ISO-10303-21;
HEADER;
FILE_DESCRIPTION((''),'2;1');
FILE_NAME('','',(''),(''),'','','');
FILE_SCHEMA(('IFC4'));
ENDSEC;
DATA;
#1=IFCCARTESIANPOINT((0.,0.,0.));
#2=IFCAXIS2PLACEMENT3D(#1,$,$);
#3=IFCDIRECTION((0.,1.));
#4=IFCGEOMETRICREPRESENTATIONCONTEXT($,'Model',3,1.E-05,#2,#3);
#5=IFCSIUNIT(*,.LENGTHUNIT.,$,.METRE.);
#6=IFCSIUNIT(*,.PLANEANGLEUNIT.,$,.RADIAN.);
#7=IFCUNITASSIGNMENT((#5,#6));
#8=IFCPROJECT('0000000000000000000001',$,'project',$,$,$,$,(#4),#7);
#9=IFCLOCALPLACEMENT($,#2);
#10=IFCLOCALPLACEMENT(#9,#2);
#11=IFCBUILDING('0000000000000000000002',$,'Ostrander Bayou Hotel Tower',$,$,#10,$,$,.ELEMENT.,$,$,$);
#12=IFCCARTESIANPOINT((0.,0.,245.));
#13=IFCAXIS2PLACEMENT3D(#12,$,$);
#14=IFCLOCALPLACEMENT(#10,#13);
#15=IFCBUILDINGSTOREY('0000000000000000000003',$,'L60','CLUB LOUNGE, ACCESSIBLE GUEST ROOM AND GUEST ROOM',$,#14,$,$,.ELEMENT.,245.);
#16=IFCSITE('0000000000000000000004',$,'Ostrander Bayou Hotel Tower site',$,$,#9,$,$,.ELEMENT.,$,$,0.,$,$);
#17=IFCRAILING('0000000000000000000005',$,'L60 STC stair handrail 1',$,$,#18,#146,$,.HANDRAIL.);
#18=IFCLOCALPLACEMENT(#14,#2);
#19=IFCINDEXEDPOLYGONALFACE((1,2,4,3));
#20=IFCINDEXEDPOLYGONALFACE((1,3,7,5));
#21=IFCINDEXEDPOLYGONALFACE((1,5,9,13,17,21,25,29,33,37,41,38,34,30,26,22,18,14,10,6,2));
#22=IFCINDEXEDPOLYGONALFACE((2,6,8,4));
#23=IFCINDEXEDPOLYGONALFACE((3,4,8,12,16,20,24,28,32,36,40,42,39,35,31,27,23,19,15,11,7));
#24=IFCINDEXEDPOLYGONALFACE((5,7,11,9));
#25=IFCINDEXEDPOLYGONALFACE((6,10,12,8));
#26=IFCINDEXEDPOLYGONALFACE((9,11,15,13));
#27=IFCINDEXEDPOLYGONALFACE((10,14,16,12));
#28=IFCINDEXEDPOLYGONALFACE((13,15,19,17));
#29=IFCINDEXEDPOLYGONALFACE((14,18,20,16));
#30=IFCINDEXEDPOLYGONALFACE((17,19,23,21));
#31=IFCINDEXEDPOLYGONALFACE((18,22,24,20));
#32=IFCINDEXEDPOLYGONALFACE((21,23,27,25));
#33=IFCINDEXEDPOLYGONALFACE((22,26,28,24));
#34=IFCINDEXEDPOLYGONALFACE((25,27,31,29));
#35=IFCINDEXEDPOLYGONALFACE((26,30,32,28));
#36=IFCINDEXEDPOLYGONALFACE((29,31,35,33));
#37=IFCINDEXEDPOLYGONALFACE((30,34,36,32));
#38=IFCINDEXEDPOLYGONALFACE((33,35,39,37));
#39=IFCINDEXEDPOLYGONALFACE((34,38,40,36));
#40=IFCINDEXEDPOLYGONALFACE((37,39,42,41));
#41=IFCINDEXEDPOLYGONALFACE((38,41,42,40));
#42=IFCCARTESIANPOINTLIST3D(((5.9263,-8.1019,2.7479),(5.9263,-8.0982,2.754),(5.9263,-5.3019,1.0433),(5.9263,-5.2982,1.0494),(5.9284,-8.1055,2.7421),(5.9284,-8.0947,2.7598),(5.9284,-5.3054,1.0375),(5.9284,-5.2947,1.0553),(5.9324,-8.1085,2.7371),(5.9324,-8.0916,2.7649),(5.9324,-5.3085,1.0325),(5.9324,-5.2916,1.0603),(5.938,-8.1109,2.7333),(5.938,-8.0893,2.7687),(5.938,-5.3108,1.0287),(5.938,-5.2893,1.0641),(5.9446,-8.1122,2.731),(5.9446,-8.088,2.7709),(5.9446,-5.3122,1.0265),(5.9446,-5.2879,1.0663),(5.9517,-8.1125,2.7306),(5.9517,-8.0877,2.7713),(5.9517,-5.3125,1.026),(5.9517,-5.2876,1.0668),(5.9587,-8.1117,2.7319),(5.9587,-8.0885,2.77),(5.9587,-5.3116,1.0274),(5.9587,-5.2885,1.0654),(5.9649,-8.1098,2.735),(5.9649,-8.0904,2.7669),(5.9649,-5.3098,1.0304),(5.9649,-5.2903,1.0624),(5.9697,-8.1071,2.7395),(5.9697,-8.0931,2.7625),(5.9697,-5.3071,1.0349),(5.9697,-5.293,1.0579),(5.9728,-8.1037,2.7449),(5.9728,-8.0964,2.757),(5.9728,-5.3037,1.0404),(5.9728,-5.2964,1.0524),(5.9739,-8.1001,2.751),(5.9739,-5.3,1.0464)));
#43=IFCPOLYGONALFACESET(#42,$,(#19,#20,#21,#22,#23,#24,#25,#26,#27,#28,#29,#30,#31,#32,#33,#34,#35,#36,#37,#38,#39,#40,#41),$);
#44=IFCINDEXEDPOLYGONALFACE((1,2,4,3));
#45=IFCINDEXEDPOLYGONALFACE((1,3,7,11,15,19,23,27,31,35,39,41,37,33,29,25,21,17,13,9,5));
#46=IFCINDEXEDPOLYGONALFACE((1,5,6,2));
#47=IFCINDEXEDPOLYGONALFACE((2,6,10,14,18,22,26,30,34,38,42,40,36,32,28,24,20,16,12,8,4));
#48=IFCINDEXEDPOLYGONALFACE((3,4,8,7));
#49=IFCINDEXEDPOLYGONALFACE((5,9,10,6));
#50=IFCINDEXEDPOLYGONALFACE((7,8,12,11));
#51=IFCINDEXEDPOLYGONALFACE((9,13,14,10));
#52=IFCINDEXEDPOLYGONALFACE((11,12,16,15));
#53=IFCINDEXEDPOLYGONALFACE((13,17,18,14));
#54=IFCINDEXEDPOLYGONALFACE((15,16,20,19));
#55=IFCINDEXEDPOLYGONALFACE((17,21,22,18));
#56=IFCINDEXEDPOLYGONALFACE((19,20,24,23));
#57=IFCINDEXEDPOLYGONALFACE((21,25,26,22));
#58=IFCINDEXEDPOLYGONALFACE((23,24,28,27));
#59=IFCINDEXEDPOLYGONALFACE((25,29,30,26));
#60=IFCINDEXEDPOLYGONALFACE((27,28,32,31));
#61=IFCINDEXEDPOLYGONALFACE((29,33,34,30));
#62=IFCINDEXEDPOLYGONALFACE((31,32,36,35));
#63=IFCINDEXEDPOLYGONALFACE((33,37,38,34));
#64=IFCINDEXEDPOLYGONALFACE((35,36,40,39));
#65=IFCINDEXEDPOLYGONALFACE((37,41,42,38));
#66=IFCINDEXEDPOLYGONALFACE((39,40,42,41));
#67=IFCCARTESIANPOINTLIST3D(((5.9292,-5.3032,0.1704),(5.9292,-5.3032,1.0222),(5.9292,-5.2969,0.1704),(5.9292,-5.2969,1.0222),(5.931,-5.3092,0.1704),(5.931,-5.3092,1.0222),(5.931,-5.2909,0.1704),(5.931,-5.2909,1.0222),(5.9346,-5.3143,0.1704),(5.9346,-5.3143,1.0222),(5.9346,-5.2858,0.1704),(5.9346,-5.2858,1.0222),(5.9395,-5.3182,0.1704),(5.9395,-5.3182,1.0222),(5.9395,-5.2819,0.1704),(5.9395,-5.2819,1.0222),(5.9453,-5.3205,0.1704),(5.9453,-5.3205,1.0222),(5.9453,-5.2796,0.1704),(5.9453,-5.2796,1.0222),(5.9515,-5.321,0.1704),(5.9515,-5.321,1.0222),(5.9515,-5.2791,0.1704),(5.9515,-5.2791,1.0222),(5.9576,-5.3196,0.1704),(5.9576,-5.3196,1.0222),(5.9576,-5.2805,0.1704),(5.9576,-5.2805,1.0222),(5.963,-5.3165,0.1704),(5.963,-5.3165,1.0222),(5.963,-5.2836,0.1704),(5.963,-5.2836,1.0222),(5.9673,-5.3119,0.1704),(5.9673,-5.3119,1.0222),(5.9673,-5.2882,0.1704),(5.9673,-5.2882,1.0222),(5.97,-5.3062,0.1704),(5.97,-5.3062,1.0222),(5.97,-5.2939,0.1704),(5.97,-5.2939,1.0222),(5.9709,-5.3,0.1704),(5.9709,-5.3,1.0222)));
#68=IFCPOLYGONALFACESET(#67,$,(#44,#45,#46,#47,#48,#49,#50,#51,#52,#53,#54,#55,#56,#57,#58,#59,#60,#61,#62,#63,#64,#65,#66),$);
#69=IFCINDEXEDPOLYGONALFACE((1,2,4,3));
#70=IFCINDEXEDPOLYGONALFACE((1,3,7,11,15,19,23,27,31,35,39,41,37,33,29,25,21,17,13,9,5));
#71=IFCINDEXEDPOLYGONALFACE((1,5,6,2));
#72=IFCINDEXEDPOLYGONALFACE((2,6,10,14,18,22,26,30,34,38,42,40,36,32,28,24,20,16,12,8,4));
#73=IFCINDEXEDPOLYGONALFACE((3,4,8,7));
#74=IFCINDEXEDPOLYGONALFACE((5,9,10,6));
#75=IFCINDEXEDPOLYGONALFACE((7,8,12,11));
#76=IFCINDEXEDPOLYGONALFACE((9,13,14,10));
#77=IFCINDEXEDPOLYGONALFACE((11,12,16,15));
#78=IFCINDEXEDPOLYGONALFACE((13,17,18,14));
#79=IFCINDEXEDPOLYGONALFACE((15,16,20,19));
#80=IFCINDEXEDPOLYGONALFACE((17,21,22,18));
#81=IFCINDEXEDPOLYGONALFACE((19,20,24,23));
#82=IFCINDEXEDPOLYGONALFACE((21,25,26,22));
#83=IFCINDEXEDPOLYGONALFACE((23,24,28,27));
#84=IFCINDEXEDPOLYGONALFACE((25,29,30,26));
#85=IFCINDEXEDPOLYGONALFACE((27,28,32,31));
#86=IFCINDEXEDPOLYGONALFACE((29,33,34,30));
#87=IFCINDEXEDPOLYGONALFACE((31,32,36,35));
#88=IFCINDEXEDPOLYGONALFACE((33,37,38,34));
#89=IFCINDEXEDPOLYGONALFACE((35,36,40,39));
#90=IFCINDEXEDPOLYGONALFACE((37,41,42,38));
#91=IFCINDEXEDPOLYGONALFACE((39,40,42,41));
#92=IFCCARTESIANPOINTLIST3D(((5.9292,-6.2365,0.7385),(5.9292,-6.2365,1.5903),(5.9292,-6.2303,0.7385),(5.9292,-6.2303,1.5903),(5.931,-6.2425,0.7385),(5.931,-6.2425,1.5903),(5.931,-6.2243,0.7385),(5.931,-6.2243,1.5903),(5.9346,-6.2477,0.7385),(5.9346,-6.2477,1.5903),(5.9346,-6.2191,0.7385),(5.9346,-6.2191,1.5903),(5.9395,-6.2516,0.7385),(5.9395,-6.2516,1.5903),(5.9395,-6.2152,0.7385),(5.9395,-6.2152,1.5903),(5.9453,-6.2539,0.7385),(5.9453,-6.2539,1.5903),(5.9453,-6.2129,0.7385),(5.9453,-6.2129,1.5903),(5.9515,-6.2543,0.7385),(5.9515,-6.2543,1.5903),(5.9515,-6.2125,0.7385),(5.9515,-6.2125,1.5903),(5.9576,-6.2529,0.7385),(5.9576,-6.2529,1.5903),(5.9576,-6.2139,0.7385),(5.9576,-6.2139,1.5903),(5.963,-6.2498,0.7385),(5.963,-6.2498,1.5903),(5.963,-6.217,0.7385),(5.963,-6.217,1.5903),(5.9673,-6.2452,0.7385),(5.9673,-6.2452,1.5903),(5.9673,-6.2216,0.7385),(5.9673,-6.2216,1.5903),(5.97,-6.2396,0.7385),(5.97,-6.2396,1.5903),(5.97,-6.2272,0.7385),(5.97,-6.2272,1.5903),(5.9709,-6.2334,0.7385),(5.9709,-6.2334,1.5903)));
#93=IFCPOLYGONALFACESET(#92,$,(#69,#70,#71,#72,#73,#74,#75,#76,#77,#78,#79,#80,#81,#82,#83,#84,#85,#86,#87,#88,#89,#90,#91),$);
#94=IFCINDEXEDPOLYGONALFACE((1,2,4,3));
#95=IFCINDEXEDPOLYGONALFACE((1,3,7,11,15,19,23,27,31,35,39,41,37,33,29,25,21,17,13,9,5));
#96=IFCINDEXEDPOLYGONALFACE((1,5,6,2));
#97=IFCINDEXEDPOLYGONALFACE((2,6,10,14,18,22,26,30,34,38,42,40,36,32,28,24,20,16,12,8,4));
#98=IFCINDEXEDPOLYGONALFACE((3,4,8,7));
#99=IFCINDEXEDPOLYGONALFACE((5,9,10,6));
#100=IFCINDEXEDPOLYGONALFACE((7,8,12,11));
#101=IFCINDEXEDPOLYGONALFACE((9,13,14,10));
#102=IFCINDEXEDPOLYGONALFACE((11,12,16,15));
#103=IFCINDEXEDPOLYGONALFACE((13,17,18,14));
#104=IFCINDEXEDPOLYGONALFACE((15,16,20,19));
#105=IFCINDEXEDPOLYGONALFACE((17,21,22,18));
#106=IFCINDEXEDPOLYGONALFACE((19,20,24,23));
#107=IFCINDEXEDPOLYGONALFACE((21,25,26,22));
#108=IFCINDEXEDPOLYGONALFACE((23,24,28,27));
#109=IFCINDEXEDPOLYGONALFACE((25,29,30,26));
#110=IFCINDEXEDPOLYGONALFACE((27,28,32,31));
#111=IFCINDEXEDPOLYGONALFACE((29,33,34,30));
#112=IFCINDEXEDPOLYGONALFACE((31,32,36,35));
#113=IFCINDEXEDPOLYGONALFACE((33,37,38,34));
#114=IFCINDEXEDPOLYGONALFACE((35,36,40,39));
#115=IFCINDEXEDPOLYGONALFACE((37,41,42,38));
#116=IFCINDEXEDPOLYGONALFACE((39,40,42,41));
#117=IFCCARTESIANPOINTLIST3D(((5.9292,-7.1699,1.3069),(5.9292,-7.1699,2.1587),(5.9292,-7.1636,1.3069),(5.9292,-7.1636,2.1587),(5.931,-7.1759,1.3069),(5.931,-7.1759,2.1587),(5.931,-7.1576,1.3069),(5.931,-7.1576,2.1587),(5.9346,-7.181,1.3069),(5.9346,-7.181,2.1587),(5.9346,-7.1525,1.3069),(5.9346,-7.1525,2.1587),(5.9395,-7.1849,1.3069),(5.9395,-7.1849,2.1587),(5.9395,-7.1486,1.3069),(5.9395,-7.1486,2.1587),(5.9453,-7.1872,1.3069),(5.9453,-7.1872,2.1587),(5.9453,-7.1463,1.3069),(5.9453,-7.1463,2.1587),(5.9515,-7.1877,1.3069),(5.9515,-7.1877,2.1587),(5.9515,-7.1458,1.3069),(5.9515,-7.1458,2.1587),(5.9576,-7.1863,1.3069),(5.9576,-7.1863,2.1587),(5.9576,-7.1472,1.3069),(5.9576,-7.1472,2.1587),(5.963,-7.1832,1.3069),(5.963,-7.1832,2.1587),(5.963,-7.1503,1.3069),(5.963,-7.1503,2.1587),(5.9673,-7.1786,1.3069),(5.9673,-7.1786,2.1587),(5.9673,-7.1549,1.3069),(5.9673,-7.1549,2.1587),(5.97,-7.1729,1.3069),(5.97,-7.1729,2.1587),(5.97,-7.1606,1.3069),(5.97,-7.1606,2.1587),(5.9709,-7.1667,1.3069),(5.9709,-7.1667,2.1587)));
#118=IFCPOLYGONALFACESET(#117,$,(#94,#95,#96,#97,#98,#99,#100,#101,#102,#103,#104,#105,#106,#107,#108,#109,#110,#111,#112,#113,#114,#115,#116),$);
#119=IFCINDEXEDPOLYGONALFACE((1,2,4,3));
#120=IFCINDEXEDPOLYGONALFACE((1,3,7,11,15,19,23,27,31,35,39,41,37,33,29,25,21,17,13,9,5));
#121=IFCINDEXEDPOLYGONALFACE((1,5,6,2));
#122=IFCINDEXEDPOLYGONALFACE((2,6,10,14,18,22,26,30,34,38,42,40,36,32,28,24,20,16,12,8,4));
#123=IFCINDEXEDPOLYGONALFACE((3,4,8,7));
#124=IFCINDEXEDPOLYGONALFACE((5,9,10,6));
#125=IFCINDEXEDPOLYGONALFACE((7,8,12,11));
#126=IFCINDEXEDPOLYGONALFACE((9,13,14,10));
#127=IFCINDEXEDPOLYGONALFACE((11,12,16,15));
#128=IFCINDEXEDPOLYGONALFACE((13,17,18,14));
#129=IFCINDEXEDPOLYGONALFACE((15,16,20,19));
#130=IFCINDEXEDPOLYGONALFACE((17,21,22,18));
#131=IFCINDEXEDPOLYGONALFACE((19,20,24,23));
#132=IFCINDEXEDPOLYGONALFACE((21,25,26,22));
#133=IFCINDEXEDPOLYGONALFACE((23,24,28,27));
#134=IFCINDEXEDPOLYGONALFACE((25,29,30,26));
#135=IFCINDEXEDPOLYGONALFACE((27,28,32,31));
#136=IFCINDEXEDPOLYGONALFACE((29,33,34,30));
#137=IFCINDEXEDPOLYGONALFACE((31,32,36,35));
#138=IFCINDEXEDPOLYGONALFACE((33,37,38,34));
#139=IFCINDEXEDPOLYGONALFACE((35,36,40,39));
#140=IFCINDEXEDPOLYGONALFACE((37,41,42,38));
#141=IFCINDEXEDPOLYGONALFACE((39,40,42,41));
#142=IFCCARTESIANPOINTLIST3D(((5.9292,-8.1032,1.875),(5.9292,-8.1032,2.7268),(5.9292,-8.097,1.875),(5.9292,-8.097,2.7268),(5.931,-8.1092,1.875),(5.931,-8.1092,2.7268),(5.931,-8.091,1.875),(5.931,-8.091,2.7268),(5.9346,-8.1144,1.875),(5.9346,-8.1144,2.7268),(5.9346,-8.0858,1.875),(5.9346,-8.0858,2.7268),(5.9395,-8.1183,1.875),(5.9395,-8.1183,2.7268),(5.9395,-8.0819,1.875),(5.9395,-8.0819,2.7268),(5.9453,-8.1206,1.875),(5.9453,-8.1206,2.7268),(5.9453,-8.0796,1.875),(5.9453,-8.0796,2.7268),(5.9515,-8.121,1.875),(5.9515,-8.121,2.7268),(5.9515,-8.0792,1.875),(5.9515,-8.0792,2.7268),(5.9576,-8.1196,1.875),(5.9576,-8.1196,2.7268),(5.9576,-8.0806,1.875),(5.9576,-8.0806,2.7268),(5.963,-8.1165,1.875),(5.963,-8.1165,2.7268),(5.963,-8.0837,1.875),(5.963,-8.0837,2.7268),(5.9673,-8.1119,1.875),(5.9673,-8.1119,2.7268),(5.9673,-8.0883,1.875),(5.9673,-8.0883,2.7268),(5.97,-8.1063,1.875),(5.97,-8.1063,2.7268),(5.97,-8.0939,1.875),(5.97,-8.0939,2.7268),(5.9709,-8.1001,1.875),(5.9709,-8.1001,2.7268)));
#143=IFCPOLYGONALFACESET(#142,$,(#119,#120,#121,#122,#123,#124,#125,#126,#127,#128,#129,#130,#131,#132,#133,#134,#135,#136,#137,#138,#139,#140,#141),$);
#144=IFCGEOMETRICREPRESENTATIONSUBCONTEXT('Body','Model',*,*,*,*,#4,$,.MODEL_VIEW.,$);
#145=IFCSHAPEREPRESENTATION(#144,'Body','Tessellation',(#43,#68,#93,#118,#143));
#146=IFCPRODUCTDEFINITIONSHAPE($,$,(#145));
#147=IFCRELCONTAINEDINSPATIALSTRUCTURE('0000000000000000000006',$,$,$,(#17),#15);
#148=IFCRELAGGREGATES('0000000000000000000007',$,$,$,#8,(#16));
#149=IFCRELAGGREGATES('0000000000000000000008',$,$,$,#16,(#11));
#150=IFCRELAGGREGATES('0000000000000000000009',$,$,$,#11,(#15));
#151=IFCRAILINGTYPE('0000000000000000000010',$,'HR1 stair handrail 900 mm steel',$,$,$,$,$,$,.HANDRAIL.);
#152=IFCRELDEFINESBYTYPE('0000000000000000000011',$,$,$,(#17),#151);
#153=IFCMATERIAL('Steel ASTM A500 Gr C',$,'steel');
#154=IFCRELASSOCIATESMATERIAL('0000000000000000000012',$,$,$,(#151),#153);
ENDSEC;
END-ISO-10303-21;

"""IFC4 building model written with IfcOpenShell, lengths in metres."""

from ifc_helpers import new_model, si_unit, direction, frame, origin, origin_2d, place, context, subcontext, project, spatial, circle, extrude, material, type_object, element, save


model = new_model("IFC4")

# Units and contexts
model_context = context("Model", 3, precision=1e-05, world=origin(), true_north=direction((0.0, 1.0)))
body_context = subcontext(model_context, "Body", "Model", "MODEL_VIEW")
ifc_project = project(units=[si_unit("LENGTHUNIT", "METRE"), si_unit("PLANEANGLEUNIT", "RADIAN")], contexts=[model_context])

# Site, building, storey
site_placement = place(None, origin())
site = spatial("IfcSite", under=ifc_project, at=site_placement, Name="Ostrander Bayou Hotel Tower site", CompositionType="ELEMENT", RefElevation=0.0)
building_placement = place(site_placement, origin())
building = spatial("IfcBuilding", under=site, at=building_placement, Name="Ostrander Bayou Hotel Tower", CompositionType="ELEMENT")
storey_placement = place(building_placement, frame((0.0, 0.0, 245.0)))
storey = spatial("IfcBuildingStorey", under=building, at=storey_placement, Name="L60", Description="CLUB LOUNGE, ACCESSIBLE GUEST ROOM AND GUEST ROOM", CompositionType="ELEMENT", Elevation=245.0)

# Railing
ifc_material_1 = material(Name="Steel ASTM A500 Gr C", Category="steel")
railing_type_1 = type_object("IfcRailingType", Name="HR1 stair handrail 900 mm steel", PredefinedType="HANDRAIL", material=ifc_material_1)
railing_1_placement = place(storey_placement, frame((5.95, -5.3, 0.1704)))
element("IfcRailing", 1, at=railing_1_placement, inside=storey, type_object=railing_type_1, Name="L60 STC stair handrail 1", PredefinedType="HANDRAIL", context=body_context, shape_type="SweptSolid", body=[
    extrude(circle(Radius=0.0239, at=origin_2d()), frame((0.0, 0.0, 0.876), z_axis=(0.0, -0.85417, 0.519994), x_axis=(1.0, 0.0, 0.0)), (0.0, 0.0, 1.0), 3.2781),
    extrude(circle(Radius=0.021, at=origin_2d()), origin(), (0.0, 0.0, 1.0), 0.8518),
    extrude(circle(Radius=0.021, at=origin_2d()), frame((0.0, -0.9333, 0.5681)), (0.0, 0.0, 1.0), 0.8518),
    extrude(circle(Radius=0.021, at=origin_2d()), frame((0.0, -1.8667, 1.1365)), (0.0, 0.0, 1.0), 0.8518),
    extrude(circle(Radius=0.021, at=origin_2d()), frame((0.0, -2.8, 1.7046)), (0.0, 0.0, 1.0), 0.8518),
])

save(model, "model.ifc")
